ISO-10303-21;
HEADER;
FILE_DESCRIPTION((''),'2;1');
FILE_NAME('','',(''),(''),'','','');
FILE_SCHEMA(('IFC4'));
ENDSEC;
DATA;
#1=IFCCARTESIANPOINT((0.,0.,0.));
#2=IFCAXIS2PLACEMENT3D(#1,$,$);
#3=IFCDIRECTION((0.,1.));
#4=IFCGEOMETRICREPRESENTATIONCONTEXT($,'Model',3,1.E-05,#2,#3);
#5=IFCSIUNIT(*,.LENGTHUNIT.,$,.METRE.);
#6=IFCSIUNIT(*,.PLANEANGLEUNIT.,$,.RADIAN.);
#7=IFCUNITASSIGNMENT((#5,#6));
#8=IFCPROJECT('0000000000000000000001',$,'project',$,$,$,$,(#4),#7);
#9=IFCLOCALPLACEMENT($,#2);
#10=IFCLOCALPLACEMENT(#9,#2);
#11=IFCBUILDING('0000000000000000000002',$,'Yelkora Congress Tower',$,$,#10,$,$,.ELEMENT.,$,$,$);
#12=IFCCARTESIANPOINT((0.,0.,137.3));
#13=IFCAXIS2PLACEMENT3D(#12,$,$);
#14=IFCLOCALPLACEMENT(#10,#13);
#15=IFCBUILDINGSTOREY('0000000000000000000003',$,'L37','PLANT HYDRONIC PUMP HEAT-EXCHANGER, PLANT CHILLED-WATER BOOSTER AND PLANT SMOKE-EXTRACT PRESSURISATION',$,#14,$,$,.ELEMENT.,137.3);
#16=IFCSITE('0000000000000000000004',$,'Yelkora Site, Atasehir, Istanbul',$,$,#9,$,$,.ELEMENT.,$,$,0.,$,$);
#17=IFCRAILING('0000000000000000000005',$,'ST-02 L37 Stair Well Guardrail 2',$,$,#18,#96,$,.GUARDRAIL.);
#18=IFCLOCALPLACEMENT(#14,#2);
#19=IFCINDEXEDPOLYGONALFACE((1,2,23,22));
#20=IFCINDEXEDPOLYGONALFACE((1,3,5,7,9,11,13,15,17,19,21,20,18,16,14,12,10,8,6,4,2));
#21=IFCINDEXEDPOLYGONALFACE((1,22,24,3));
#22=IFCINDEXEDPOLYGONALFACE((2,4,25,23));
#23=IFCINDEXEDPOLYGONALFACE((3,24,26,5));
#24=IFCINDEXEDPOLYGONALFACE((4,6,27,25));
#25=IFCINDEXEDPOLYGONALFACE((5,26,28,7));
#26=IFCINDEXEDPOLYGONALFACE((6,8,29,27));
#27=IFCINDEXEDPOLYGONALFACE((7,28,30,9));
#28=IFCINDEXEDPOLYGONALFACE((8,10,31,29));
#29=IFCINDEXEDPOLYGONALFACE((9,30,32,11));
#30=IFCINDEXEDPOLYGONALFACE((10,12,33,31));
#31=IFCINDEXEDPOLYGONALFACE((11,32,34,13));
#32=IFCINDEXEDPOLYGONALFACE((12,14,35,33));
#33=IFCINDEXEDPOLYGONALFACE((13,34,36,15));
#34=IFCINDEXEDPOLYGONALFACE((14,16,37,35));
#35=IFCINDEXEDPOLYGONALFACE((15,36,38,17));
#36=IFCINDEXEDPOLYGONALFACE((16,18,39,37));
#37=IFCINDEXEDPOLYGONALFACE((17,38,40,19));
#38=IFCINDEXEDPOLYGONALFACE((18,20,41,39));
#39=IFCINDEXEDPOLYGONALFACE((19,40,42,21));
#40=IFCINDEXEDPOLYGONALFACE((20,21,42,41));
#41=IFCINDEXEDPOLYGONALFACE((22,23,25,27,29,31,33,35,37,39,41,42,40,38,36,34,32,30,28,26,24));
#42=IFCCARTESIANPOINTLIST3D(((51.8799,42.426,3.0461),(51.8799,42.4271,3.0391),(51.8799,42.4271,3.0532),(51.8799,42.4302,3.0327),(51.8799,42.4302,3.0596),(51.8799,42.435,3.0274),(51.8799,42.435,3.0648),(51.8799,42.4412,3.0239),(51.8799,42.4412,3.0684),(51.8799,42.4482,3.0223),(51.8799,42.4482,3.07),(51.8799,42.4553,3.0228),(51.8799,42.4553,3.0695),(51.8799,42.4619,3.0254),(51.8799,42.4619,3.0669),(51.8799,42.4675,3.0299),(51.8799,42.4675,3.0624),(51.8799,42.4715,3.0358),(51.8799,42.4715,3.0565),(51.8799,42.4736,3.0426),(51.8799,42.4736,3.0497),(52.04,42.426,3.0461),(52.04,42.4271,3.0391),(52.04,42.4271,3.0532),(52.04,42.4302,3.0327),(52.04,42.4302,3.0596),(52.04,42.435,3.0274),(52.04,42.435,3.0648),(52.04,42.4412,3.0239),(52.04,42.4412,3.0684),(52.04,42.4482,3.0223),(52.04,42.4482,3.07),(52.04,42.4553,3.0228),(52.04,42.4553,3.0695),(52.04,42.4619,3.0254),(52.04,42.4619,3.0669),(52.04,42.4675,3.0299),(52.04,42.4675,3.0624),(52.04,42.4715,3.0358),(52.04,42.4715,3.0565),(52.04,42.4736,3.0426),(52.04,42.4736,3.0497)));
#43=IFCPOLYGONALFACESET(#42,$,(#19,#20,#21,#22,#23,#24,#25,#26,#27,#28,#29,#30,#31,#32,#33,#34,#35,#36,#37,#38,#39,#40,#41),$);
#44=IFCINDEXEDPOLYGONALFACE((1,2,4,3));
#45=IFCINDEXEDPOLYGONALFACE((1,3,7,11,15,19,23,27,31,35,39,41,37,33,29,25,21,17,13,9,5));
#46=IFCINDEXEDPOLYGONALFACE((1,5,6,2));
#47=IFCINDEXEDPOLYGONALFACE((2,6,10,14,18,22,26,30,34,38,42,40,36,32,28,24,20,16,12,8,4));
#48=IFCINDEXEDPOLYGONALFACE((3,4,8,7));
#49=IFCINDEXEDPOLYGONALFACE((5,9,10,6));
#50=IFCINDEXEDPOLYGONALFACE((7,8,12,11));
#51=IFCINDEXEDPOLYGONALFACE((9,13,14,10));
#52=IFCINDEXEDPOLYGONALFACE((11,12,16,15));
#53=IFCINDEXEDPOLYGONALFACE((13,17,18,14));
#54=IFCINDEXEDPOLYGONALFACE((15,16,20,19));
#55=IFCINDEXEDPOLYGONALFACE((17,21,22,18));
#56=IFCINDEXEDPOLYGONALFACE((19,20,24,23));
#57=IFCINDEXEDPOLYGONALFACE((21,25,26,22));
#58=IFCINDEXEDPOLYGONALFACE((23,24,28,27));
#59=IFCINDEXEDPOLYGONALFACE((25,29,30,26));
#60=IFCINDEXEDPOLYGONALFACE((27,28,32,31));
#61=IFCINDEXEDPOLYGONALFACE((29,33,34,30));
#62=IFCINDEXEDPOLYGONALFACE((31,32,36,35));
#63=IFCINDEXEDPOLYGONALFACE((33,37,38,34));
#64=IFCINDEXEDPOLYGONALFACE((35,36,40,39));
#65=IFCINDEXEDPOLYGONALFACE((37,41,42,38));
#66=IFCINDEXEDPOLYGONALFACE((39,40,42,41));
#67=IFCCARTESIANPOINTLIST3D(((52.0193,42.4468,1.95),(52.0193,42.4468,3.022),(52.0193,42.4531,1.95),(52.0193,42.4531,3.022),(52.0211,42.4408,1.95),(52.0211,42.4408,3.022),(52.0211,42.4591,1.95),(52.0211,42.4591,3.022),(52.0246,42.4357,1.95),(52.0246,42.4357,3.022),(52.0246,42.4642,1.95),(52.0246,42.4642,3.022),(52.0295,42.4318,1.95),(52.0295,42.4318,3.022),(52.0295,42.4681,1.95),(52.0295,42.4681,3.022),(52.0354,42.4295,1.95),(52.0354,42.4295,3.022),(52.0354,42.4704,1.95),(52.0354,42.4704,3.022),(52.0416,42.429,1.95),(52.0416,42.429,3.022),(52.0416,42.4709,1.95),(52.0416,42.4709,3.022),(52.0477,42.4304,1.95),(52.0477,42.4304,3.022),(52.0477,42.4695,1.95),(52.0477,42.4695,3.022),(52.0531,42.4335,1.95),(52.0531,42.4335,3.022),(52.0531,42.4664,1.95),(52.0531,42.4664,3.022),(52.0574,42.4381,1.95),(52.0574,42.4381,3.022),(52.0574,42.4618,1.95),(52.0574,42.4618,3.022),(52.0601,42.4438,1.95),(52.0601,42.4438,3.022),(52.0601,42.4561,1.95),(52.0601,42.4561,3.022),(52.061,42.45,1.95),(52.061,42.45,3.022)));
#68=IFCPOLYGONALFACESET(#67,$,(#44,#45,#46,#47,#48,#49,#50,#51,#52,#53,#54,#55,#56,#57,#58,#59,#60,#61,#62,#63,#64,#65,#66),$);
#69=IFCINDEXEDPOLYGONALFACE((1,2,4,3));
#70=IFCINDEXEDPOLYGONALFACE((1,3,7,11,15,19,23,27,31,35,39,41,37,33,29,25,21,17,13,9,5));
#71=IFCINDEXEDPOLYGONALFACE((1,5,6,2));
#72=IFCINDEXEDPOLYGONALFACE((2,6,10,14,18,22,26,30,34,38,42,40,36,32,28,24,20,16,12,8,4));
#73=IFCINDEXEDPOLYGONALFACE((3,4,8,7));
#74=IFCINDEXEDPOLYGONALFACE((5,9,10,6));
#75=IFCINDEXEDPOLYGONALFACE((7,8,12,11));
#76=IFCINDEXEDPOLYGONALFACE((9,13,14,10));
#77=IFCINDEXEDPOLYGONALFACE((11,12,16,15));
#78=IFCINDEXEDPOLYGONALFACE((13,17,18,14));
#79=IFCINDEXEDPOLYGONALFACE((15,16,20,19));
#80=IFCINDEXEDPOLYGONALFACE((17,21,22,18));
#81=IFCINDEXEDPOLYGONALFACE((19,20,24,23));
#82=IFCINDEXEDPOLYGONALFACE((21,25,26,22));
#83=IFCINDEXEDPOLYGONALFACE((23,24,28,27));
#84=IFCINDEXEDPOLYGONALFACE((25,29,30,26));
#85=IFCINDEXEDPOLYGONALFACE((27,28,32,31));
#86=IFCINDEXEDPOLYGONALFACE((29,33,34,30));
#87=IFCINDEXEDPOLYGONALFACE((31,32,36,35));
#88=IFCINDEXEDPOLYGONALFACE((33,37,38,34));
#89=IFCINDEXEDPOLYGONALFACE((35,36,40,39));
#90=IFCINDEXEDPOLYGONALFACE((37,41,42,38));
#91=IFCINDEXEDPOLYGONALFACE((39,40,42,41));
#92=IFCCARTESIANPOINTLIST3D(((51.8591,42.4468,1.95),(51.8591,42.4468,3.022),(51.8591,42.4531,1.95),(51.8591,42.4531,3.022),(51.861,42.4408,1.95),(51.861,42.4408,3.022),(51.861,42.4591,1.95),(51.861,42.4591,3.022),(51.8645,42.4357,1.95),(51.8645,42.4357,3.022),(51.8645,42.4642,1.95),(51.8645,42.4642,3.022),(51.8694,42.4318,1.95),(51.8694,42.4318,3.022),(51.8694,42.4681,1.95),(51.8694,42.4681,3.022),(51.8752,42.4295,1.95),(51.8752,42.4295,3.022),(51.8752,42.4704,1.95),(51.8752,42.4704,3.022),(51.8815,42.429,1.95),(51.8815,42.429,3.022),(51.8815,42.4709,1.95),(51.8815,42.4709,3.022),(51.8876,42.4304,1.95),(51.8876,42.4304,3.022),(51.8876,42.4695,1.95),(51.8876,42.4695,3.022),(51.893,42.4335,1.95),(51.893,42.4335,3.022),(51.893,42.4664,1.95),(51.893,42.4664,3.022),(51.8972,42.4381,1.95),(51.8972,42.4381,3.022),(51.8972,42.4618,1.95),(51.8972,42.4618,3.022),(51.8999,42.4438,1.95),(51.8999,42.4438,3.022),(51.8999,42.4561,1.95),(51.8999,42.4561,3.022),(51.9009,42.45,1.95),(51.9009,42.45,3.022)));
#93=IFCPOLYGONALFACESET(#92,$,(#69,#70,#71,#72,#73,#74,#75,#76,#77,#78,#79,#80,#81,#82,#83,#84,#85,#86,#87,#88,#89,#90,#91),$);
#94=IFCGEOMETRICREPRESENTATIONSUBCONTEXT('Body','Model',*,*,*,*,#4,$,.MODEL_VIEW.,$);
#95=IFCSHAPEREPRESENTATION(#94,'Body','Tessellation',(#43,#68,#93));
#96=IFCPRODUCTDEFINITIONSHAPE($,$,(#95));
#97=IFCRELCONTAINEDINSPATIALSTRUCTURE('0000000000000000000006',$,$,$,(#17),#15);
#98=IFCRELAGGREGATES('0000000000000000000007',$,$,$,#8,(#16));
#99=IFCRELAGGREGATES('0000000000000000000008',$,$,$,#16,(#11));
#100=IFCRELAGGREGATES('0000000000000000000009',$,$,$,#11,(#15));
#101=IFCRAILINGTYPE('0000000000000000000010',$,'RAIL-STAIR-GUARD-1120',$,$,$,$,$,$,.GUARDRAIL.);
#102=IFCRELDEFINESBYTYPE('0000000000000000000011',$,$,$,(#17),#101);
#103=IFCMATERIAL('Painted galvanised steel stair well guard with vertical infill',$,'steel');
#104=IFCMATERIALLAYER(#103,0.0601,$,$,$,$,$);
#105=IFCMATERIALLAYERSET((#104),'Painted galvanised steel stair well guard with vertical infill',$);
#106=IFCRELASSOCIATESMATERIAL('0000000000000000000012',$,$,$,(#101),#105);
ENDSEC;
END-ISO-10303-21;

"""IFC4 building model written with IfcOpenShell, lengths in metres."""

from ifc_helpers import new_model, si_unit, direction, frame, origin, origin_2d, place, context, subcontext, project, spatial, circle, extrude, material, layer, layer_set, type_object, element, save


model = new_model("IFC4")

# Units and contexts
model_context = context("Model", 3, precision=1e-05, world=origin(), true_north=direction((0.0, 1.0)))
body_context = subcontext(model_context, "Body", "Model", "MODEL_VIEW")
ifc_project = project(units=[si_unit("LENGTHUNIT", "METRE"), si_unit("PLANEANGLEUNIT", "RADIAN")], contexts=[model_context])

# Site, building, storey
site_placement = place(None, origin())
site = spatial("IfcSite", under=ifc_project, at=site_placement, Name="Yelkora Site, Atasehir, Istanbul", CompositionType="ELEMENT", RefElevation=0.0)
building_placement = place(site_placement, origin())
building = spatial("IfcBuilding", under=site, at=building_placement, Name="Yelkora Congress Tower", CompositionType="ELEMENT")
storey_placement = place(building_placement, frame((0.0, 0.0, 137.3)))
storey = spatial("IfcBuildingStorey", under=building, at=storey_placement, Name="L37", Description="PLANT HYDRONIC PUMP HEAT-EXCHANGER, PLANT CHILLED-WATER BOOSTER AND PLANT SMOKE-EXTRACT PRESSURISATION", CompositionType="ELEMENT", Elevation=137.3)

# Railing
ifc_material_1 = material(Name="Painted galvanised steel stair well guard with vertical infill", Category="steel")
ifc_layer_1 = layer(ifc_material_1, 0.0601)
ifc_layer_set_1 = layer_set([ifc_layer_1], Name="Painted galvanised steel stair well guard with vertical infill")
railing_type_1 = type_object("IfcRailingType", Name="RAIL-STAIR-GUARD-1120", PredefinedType="GUARDRAIL", material=ifc_layer_set_1)
railing_1_placement = place(storey_placement, frame((52.04, 42.45, 1.95)))
element("IfcRailing", 1, at=railing_1_placement, inside=storey, type_object=railing_type_1, Name="ST-02 L37 Stair Well Guardrail 2", PredefinedType="GUARDRAIL", context=body_context, shape_type="SweptSolid", body=[
    extrude(circle(Radius=0.0239, at=origin_2d()), frame((0.0, 0.0, 1.0962), z_axis=(-1.0, 0.0, 0.0), x_axis=(0.0, -1.0, 0.0)), (0.0, 0.0, 1.0), 0.1602),
    extrude(circle(Radius=0.021, at=origin_2d()), origin(), (0.0, 0.0, 1.0), 1.072),
    extrude(circle(Radius=0.021, at=origin_2d()), frame((-0.1602, 0.0, 0.0)), (0.0, 0.0, 1.0), 1.072),
])

save(model, "model.ifc")
